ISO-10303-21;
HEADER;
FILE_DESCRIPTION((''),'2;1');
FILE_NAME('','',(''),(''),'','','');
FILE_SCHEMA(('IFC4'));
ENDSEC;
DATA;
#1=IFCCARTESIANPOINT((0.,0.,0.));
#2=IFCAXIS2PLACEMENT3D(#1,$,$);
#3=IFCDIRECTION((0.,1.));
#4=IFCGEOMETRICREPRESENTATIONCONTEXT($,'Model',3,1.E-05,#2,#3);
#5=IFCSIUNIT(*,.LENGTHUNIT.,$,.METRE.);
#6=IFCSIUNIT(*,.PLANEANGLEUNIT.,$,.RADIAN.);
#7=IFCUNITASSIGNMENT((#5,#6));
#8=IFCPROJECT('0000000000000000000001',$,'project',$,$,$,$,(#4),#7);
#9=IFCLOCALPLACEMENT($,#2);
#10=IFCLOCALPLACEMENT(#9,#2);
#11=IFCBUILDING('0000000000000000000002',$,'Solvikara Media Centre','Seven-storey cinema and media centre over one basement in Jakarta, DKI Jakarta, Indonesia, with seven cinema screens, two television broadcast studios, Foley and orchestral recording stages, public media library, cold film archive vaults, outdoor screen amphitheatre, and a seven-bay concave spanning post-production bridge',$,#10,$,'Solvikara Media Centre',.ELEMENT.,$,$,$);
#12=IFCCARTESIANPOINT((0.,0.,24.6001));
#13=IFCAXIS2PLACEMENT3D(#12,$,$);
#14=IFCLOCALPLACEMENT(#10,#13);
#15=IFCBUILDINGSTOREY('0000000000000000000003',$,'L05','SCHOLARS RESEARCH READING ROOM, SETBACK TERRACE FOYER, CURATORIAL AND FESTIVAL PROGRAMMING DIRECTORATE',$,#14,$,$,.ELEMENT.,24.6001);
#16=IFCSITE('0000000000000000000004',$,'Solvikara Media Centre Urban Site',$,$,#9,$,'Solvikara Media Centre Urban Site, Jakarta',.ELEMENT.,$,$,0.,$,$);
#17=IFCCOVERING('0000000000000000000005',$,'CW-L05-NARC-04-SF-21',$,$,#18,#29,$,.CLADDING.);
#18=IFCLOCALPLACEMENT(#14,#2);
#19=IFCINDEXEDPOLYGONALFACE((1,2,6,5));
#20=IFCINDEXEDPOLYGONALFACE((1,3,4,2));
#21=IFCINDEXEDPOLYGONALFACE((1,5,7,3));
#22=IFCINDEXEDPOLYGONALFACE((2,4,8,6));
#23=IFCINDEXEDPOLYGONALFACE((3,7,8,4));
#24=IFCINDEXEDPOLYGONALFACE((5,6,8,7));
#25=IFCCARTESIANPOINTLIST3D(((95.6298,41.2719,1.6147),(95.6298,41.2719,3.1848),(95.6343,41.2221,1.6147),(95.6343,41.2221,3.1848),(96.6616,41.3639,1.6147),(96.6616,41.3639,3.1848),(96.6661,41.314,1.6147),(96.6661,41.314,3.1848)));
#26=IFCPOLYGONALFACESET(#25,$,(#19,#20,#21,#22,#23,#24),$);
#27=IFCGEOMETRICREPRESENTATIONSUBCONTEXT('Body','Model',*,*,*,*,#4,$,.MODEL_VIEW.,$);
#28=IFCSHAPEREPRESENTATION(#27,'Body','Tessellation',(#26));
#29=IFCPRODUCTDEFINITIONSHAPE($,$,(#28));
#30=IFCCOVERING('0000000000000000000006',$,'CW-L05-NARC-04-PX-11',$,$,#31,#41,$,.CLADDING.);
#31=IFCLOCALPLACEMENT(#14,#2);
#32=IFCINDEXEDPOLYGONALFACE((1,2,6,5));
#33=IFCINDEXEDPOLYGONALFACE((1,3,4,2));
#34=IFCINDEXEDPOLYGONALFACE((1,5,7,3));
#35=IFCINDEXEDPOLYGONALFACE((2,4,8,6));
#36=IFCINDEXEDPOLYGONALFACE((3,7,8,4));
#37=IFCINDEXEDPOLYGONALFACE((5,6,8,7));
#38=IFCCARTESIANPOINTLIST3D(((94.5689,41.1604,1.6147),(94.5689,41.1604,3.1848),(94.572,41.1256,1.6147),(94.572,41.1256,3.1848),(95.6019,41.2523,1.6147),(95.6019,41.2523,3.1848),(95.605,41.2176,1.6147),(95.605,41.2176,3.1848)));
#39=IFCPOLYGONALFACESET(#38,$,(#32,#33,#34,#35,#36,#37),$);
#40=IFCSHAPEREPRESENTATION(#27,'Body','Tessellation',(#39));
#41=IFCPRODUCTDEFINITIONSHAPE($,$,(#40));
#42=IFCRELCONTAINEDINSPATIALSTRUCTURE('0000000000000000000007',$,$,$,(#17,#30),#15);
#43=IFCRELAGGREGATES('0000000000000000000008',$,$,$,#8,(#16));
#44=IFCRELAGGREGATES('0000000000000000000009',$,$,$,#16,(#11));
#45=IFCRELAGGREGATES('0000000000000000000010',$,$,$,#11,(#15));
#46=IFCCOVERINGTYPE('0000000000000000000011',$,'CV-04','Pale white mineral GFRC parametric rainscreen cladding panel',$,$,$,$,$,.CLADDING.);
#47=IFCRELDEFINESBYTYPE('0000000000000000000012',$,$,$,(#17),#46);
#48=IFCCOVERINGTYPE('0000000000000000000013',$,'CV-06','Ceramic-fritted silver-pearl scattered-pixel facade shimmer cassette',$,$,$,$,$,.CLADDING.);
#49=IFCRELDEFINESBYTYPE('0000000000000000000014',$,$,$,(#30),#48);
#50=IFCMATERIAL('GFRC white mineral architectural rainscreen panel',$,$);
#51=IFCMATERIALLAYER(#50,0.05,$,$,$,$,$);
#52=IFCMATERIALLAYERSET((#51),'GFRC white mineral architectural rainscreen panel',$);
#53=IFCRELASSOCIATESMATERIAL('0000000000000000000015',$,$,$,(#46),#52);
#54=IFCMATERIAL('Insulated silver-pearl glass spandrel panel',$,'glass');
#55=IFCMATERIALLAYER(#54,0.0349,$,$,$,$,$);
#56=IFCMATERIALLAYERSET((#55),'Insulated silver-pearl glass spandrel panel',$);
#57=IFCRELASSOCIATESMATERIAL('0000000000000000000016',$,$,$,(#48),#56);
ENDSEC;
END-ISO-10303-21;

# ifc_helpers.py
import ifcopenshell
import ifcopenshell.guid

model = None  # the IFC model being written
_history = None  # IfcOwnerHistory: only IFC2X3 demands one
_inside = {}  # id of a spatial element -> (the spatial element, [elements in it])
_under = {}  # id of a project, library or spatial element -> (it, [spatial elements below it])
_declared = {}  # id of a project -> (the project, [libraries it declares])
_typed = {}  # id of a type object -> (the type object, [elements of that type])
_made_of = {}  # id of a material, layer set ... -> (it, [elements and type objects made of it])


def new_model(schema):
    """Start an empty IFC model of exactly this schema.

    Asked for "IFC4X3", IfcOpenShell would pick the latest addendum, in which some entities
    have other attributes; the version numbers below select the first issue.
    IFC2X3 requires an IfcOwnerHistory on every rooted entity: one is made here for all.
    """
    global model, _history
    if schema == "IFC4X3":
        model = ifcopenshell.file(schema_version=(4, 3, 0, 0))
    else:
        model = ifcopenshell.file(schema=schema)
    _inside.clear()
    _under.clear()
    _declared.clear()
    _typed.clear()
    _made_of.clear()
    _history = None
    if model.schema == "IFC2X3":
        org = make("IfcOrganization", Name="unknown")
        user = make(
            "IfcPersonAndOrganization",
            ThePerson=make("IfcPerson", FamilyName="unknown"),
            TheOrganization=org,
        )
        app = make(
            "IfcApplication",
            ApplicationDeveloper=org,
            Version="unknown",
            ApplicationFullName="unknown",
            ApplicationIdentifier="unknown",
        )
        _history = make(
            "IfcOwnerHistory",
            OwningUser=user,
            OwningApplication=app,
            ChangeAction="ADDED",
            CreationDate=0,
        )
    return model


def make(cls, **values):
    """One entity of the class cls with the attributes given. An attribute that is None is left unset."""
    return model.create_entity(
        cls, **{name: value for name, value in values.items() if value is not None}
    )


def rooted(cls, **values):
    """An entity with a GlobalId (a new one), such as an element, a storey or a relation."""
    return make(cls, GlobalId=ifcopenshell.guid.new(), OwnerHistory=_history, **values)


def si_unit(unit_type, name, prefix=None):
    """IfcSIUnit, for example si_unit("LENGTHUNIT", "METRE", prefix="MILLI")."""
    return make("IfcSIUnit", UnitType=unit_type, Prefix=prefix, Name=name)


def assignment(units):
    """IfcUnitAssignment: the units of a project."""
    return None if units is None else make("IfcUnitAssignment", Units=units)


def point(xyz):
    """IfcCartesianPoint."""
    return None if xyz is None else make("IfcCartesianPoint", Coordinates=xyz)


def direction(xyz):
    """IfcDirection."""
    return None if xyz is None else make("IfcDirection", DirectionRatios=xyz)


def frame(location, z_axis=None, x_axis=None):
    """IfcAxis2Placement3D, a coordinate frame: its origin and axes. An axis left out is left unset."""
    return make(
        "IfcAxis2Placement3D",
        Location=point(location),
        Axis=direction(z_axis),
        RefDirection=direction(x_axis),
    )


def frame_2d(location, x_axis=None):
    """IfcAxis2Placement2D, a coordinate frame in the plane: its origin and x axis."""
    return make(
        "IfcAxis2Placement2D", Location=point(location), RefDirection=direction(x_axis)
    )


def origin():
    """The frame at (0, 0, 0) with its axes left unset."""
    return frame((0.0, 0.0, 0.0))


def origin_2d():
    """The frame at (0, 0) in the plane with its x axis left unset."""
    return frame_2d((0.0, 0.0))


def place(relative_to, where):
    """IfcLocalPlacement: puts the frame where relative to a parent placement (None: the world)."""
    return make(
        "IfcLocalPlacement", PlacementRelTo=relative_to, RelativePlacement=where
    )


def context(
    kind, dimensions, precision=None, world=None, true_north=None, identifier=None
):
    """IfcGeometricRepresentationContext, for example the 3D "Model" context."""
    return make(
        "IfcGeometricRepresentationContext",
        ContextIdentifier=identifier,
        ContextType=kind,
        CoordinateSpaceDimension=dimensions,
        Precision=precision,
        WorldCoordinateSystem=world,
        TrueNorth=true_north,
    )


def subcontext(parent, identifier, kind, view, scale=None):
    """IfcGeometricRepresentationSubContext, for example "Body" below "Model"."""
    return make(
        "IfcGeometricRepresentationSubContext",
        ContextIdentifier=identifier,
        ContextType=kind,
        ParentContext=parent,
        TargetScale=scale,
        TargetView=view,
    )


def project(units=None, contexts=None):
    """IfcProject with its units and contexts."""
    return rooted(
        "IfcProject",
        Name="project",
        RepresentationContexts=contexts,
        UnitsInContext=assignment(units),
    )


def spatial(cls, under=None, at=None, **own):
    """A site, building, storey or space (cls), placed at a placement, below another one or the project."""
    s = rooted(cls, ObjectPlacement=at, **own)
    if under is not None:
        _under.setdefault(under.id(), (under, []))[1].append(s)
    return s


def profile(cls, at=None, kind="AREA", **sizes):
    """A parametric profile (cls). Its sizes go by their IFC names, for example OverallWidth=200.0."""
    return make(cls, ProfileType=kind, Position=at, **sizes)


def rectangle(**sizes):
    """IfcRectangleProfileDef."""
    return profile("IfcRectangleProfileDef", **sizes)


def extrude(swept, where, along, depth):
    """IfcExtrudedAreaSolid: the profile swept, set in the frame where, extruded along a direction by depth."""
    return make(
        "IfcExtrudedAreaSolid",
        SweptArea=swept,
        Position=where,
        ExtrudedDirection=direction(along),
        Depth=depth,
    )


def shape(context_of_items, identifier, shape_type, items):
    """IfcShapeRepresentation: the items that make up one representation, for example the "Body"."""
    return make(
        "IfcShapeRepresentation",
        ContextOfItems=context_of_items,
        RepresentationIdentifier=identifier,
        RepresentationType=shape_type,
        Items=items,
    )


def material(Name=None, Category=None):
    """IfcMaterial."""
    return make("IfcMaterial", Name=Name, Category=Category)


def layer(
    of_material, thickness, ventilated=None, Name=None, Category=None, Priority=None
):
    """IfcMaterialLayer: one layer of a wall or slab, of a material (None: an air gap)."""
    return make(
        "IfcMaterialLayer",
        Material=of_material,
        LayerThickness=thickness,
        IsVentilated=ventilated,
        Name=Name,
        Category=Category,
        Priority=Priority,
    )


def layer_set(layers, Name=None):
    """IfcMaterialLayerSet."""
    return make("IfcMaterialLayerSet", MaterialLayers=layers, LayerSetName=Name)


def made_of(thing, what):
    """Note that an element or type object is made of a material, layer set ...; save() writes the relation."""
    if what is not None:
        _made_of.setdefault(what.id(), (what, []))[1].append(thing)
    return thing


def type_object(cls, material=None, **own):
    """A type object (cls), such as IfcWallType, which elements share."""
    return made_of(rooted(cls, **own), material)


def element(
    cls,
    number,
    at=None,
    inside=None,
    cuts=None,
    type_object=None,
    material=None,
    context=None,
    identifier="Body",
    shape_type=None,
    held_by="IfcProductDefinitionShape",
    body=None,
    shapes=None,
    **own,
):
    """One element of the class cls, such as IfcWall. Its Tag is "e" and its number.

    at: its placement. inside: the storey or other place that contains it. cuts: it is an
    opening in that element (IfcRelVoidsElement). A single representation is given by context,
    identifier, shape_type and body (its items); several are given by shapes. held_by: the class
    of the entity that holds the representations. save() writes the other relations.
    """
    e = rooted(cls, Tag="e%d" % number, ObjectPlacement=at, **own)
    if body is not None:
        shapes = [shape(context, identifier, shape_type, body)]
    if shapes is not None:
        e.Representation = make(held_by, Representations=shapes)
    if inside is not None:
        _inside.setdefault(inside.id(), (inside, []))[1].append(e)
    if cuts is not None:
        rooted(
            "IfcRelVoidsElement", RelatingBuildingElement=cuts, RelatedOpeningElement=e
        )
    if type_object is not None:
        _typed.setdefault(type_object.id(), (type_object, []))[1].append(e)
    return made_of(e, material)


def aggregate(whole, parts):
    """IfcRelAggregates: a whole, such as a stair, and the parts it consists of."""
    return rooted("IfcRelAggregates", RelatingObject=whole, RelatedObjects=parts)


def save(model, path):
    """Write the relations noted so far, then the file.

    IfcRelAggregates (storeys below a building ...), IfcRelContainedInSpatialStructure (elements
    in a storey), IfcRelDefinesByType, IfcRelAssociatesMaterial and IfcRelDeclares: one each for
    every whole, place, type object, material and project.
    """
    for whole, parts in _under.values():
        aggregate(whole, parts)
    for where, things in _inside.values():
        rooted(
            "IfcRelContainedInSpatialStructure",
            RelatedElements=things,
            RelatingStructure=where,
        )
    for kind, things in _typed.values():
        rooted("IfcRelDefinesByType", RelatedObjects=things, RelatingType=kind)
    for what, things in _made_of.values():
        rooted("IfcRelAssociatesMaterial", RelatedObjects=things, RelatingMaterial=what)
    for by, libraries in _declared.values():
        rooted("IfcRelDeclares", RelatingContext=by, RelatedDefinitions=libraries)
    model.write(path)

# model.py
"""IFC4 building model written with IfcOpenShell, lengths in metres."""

from ifc_helpers import new_model, si_unit, direction, frame, origin, origin_2d, place, context, subcontext, project, spatial, rectangle, extrude, material, layer, layer_set, type_object, element, save


model = new_model("IFC4")

# Units and contexts
model_context = context("Model", 3, precision=1e-05, world=origin(), true_north=direction((0.0, 1.0)))
body_context = subcontext(model_context, "Body", "Model", "MODEL_VIEW")
ifc_project = project(units=[si_unit("LENGTHUNIT", "METRE"), si_unit("PLANEANGLEUNIT", "RADIAN")], contexts=[model_context])

# Site, building, storey
site_placement = place(None, origin())
site = spatial("IfcSite", under=ifc_project, at=site_placement, Name="Solvikara Media Centre Urban Site", LongName="Solvikara Media Centre Urban Site, Jakarta", CompositionType="ELEMENT", RefElevation=0.0)
building_placement = place(site_placement, origin())
building = spatial("IfcBuilding", under=site, at=building_placement, Name="Solvikara Media Centre", Description="Seven-storey cinema and media centre over one basement in Jakarta, DKI Jakarta, Indonesia, with seven cinema screens, two television broadcast studios, Foley and orchestral recording stages, public media library, cold film archive vaults, outdoor screen amphitheatre, and a seven-bay concave spanning post-production bridge", LongName="Solvikara Media Centre", CompositionType="ELEMENT")
storey_placement = place(building_placement, frame((0.0, 0.0, 24.6001)))
storey = spatial("IfcBuildingStorey", under=building, at=storey_placement, Name="L05", Description="SCHOLARS RESEARCH READING ROOM, SETBACK TERRACE FOYER, CURATORIAL AND FESTIVAL PROGRAMMING DIRECTORATE", CompositionType="ELEMENT", Elevation=24.6001)

# Shared definitions
ifc_material_1 = material(Name="Insulated silver-pearl glass spandrel panel", Category="glass")

# Coverings
ifc_material_2 = material(Name="GFRC white mineral architectural rainscreen panel")
ifc_layer_1 = layer(ifc_material_2, 0.05)
ifc_layer_set_1 = layer_set([ifc_layer_1], Name="GFRC white mineral architectural rainscreen panel")
covering_type_1 = type_object("IfcCoveringType", Name="CV-04", Description="Pale white mineral GFRC parametric rainscreen cladding panel", PredefinedType="CLADDING", material=ifc_layer_set_1)
covering_1_placement = place(storey_placement, frame((96.1479, 41.293, 1.6147), z_axis=(0.0, 0.0, 1.0), x_axis=(0.99605, 0.08879, 0.0)))
element("IfcCovering", 1, at=covering_1_placement, inside=storey, type_object=covering_type_1, Name="CW-L05-NARC-04-SF-21", PredefinedType="CLADDING", context=body_context, shape_type="SweptSolid", body=[
    extrude(rectangle(XDim=1.0359, YDim=0.05, at=origin_2d()), origin(), (0.0, 0.0, 1.0), 1.5701),
])
ifc_layer_2 = layer(ifc_material_1, 0.0349)
ifc_layer_set_2 = layer_set([ifc_layer_2], Name="Insulated silver-pearl glass spandrel panel")
covering_type_2 = type_object("IfcCoveringType", Name="CV-06", Description="Ceramic-fritted silver-pearl scattered-pixel facade shimmer cassette", PredefinedType="CLADDING", material=ifc_layer_set_2)
covering_2_placement = place(storey_placement, frame((95.0869, 41.189, 1.6147), z_axis=(0.0, 0.0, 1.0), x_axis=(0.996058, 0.088703, 0.0)))
element("IfcCovering", 2, at=covering_2_placement, inside=storey, type_object=covering_type_2, Name="CW-L05-NARC-04-PX-11", PredefinedType="CLADDING", context=body_context, shape_type="SweptSolid", body=[
    extrude(rectangle(XDim=1.0371, YDim=0.0349, at=origin_2d()), origin(), (0.0, 0.0, 1.0), 1.5701),
])

save(model, "model.ifc")
